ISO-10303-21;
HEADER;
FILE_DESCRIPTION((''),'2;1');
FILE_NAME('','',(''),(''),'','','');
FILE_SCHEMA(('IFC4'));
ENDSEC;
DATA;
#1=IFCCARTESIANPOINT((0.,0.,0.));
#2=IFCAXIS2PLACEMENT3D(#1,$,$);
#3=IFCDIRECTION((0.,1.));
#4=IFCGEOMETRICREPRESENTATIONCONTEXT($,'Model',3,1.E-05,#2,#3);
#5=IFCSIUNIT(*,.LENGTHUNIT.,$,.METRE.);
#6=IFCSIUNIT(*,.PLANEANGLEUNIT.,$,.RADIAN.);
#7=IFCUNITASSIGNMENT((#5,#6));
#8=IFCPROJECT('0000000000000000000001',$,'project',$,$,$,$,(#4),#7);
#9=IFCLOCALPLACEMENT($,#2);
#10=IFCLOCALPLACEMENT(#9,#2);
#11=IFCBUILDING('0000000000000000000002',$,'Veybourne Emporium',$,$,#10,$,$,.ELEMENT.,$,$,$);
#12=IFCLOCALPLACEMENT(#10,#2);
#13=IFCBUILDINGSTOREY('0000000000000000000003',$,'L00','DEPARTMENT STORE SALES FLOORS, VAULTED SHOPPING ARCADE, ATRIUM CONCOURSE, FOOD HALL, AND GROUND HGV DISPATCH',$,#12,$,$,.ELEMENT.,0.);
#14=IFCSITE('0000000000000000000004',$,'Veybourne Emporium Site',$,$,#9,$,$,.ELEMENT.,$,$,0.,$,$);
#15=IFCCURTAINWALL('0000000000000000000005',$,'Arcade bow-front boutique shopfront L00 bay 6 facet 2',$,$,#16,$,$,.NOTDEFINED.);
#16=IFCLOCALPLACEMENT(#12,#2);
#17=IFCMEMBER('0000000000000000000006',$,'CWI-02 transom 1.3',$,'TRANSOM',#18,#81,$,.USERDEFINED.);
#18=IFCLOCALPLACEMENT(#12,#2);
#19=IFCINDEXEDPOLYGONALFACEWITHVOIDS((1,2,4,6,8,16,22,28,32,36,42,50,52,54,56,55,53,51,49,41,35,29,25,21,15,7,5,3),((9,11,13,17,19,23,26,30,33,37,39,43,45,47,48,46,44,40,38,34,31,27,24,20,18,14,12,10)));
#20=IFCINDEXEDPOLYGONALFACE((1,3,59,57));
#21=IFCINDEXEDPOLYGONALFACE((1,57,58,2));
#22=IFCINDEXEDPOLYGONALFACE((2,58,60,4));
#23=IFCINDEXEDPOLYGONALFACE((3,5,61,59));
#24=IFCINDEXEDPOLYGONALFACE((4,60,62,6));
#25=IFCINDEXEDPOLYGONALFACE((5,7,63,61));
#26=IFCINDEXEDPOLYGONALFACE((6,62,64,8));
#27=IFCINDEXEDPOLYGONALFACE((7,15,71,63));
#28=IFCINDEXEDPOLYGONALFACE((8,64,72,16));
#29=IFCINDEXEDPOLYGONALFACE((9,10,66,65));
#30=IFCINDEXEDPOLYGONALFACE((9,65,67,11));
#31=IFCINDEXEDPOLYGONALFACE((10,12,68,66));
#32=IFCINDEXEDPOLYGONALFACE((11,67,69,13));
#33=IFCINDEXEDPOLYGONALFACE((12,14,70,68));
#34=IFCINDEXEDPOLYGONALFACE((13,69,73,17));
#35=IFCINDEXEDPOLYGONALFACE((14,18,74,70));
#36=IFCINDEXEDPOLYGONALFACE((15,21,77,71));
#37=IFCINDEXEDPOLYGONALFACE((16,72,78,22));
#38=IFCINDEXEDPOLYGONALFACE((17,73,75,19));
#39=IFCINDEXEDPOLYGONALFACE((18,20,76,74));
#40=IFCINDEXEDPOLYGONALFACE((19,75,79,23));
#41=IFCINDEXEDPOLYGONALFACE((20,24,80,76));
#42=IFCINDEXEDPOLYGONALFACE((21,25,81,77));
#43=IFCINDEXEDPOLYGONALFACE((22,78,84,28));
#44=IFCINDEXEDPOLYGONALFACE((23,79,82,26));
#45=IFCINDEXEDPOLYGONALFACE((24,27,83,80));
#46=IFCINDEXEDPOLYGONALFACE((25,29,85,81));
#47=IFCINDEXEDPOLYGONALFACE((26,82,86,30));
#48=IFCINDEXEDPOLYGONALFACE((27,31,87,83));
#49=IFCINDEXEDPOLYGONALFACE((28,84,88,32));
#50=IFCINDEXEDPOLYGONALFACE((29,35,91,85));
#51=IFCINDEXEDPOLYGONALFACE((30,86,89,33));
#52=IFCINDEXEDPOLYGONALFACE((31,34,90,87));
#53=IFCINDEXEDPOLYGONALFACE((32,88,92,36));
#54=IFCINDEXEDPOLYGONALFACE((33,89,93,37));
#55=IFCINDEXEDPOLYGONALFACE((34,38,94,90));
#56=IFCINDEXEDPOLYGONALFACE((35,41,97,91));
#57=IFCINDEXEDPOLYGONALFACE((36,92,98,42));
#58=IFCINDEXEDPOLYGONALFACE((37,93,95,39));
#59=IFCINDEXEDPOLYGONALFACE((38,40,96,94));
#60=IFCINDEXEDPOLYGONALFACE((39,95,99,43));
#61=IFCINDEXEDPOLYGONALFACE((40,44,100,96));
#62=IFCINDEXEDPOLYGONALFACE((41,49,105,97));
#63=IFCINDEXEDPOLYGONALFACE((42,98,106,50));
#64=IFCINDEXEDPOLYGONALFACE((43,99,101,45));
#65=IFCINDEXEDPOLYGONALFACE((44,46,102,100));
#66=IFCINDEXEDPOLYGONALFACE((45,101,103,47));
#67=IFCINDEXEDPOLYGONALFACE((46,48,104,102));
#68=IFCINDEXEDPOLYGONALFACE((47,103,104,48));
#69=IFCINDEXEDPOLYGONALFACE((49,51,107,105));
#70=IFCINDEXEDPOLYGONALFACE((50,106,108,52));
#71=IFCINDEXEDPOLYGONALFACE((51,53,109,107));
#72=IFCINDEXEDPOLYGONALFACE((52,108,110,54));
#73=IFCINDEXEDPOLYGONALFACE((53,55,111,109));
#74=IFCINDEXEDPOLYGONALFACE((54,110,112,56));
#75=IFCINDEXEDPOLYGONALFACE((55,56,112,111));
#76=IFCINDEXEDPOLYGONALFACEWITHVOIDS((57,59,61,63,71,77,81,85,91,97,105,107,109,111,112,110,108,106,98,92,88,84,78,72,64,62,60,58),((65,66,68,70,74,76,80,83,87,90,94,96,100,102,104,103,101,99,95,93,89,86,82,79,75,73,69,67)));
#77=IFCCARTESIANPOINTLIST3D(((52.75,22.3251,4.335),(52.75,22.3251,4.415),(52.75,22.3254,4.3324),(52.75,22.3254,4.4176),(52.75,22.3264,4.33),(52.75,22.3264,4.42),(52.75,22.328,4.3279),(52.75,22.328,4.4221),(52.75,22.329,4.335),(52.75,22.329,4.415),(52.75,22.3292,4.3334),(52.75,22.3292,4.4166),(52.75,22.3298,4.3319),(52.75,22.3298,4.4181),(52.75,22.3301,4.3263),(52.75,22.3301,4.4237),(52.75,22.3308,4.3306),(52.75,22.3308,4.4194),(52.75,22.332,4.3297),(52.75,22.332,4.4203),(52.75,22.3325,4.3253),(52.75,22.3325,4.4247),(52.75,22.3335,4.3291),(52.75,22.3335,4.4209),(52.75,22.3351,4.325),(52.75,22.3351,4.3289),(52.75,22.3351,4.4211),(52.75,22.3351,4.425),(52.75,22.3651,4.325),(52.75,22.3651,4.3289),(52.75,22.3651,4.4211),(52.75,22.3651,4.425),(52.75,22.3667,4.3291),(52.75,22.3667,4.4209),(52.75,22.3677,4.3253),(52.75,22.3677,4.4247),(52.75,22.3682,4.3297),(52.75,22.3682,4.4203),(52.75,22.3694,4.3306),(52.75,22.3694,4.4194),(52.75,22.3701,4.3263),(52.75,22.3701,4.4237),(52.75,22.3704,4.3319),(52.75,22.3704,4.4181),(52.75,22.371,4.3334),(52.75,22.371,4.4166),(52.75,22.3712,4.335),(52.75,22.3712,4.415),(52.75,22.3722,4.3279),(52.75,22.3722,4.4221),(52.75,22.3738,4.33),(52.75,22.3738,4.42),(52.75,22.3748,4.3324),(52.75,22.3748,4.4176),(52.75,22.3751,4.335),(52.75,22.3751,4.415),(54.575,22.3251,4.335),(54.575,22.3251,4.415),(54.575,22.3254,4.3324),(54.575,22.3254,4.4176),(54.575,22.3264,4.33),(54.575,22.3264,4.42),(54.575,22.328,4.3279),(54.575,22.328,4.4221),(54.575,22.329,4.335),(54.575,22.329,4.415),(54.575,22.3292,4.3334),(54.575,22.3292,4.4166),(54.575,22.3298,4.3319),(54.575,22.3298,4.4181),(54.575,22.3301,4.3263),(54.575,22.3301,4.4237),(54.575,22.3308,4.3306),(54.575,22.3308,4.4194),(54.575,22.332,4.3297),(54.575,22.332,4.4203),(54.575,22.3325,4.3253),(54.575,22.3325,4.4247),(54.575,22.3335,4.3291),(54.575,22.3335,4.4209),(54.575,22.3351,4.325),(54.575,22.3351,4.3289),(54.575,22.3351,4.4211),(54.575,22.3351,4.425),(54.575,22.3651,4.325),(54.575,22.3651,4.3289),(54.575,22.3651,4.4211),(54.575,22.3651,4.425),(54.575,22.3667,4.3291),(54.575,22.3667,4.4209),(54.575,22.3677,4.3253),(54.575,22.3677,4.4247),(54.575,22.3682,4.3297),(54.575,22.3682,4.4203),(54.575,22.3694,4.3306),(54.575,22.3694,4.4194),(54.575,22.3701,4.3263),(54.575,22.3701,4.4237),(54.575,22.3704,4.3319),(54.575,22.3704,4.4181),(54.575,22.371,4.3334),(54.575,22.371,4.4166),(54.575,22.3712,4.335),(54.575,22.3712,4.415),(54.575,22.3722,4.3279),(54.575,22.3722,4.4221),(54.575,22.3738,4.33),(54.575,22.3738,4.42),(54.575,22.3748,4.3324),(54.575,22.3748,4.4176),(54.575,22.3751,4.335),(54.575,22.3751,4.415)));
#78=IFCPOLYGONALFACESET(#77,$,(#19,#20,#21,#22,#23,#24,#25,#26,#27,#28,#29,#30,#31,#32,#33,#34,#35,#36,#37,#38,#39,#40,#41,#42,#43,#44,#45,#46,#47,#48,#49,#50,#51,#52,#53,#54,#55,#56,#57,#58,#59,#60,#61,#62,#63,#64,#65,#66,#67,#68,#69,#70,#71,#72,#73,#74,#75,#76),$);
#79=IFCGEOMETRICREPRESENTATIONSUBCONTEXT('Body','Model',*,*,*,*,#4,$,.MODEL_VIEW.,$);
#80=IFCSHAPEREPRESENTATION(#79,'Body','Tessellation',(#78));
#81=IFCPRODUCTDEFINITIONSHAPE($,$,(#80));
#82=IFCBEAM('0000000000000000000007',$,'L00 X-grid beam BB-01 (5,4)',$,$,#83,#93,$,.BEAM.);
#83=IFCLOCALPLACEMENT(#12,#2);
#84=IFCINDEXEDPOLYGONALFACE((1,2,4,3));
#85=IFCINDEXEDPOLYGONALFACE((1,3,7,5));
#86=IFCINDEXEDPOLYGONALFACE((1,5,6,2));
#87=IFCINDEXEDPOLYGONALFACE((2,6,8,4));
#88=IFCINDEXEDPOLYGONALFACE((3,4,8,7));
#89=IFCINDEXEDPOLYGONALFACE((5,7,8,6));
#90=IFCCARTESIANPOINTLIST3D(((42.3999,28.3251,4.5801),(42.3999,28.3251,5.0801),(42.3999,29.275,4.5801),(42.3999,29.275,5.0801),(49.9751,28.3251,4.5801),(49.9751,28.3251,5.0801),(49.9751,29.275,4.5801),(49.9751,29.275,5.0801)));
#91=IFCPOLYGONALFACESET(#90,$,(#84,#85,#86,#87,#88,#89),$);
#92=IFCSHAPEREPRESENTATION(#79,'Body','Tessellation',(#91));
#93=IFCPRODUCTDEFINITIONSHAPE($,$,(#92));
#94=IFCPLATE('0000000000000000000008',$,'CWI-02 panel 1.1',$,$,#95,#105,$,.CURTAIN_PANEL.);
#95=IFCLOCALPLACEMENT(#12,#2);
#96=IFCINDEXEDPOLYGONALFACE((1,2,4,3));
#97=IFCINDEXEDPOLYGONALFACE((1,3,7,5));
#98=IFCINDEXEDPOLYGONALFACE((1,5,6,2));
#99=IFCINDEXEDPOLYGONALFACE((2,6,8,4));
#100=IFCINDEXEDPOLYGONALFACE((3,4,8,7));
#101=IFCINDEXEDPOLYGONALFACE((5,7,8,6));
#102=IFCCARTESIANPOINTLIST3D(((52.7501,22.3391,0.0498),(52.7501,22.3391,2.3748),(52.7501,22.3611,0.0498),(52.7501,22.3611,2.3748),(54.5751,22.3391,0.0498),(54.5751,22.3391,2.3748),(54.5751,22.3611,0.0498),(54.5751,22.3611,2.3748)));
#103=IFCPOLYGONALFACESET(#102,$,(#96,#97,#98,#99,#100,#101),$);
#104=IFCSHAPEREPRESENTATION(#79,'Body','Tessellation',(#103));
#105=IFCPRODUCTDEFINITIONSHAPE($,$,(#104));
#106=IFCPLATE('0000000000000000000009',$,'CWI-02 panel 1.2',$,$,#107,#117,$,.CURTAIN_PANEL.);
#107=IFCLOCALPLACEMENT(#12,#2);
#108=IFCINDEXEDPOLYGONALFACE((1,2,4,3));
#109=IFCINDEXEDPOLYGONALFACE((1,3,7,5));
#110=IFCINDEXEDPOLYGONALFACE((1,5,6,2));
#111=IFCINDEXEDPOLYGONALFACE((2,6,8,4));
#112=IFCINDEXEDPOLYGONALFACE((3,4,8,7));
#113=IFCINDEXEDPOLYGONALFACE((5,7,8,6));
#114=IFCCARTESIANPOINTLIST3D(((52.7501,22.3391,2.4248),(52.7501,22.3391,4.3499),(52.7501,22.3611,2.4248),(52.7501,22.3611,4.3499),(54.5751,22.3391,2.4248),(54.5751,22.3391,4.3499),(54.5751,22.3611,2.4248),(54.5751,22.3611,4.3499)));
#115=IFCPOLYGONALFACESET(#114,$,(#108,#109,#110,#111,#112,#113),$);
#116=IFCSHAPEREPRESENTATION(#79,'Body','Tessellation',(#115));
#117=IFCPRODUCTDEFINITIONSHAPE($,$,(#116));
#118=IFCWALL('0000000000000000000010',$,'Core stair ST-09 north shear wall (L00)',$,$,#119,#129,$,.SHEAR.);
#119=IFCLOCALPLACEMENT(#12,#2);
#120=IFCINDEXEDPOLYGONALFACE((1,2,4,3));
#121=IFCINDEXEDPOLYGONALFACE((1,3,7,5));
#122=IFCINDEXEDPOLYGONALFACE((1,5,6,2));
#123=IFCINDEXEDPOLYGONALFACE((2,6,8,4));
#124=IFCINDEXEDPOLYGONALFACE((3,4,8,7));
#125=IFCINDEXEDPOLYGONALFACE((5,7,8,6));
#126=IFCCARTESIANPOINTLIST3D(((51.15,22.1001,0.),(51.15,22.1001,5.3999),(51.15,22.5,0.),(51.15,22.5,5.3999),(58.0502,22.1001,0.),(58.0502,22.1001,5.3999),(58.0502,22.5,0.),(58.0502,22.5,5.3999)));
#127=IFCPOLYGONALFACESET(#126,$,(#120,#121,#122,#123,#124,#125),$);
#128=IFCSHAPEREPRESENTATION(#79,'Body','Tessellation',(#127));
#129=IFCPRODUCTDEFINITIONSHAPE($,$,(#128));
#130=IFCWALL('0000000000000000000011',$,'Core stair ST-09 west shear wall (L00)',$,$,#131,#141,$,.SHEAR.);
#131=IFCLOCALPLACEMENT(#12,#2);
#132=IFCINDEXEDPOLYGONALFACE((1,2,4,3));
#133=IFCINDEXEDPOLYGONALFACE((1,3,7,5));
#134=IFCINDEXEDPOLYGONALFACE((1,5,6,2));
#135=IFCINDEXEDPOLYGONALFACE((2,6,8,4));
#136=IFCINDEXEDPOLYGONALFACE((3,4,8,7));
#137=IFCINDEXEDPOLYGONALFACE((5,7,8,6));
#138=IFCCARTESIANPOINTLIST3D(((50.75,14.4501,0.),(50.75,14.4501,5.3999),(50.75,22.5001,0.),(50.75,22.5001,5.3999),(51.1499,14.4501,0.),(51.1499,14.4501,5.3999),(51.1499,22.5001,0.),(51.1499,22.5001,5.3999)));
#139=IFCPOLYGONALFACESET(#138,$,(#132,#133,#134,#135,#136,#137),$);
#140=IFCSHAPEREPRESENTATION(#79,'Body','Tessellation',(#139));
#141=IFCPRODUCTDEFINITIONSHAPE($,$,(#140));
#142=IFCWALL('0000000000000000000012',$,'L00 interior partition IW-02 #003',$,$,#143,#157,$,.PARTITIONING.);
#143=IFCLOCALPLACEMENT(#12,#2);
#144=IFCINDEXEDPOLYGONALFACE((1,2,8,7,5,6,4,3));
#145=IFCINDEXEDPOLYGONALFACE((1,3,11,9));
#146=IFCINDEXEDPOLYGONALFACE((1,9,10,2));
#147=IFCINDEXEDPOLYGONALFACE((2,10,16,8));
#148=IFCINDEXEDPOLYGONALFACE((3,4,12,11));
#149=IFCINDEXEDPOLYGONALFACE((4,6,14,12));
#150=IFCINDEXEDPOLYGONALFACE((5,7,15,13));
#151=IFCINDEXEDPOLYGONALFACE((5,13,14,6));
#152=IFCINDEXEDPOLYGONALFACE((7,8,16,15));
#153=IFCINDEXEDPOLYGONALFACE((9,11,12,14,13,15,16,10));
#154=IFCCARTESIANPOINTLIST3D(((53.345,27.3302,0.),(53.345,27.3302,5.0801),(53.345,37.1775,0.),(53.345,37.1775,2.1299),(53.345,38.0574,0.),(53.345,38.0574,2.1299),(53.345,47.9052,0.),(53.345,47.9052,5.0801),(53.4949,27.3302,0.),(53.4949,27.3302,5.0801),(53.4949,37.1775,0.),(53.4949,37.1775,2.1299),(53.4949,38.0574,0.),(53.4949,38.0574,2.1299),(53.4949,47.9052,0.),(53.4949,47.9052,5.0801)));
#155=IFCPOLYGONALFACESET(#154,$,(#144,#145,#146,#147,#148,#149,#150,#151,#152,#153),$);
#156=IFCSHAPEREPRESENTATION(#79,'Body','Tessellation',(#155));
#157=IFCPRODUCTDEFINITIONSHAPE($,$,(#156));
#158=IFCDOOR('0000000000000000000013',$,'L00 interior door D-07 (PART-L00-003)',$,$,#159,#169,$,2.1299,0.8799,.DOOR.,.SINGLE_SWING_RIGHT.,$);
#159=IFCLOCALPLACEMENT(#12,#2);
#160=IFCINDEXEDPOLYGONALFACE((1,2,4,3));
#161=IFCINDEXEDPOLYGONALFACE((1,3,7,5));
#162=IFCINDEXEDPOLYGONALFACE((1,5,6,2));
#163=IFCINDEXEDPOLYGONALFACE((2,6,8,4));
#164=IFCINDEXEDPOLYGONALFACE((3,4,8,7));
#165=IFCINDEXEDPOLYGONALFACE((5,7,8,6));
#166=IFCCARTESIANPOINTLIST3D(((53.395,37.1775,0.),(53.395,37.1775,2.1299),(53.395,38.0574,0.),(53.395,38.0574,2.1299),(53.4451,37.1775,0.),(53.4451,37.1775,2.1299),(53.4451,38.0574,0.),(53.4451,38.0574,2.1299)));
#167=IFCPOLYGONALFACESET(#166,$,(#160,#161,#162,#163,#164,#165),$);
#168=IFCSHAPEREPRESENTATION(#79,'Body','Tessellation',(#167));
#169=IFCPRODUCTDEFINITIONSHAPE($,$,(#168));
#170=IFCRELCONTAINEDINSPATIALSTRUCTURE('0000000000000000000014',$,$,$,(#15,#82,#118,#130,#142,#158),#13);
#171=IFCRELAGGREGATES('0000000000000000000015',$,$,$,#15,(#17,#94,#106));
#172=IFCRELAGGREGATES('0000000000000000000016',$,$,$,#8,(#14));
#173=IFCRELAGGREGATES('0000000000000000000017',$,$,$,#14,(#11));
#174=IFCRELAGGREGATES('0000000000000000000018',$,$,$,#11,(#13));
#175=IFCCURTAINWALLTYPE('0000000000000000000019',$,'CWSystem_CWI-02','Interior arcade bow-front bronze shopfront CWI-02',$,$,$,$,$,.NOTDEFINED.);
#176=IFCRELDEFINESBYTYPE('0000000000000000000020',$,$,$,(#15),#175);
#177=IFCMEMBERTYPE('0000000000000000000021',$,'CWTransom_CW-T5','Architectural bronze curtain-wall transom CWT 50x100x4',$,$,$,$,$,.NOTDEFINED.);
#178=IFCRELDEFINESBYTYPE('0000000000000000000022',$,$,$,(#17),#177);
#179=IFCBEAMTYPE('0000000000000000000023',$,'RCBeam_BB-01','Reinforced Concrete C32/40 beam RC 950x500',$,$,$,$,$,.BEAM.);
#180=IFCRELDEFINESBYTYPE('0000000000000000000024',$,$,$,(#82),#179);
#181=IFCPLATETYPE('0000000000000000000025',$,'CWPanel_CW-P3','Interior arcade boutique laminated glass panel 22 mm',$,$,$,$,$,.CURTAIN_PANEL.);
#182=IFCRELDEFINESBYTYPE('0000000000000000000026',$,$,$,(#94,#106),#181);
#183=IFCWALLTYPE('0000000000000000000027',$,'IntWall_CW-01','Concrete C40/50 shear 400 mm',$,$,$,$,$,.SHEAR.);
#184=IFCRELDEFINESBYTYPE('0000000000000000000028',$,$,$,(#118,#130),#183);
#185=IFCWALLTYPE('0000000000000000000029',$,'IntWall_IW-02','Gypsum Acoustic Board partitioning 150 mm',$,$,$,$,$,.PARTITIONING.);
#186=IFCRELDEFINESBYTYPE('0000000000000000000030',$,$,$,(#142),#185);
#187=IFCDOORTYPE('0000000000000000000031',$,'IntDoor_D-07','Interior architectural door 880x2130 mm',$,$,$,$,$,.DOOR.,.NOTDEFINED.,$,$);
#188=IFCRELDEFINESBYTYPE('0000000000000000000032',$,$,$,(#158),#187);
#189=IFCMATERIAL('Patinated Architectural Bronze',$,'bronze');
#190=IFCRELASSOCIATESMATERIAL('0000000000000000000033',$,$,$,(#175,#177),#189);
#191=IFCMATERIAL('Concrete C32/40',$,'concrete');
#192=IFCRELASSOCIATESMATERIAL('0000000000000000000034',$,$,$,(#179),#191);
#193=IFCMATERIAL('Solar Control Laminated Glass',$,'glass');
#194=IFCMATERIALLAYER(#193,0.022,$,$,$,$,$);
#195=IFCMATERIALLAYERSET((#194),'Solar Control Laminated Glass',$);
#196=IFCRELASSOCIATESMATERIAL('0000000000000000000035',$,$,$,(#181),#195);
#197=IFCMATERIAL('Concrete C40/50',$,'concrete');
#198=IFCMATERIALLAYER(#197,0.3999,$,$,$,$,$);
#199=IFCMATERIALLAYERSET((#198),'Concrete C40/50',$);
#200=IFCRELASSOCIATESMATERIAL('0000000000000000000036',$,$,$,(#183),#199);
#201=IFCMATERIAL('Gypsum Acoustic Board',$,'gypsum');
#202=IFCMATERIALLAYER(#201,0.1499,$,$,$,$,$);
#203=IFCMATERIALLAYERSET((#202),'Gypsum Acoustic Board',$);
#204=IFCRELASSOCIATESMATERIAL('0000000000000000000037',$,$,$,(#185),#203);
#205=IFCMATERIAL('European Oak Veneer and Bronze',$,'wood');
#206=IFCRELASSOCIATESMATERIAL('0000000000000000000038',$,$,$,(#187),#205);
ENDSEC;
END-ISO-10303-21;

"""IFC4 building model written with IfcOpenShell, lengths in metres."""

from ifc_helpers import new_model, si_unit, direction, frame, frame_2d, origin, origin_2d, place, context, subcontext, project, spatial, rectangle, hollow_rectangle, extrude, material, layer, layer_set, material_profile, profile_set, type_object, element, fill, aggregate, save


model = new_model("IFC4")

# Units and contexts
model_context = context("Model", 3, precision=1e-05, world=origin(), true_north=direction((0.0, 1.0)))
body_context = subcontext(model_context, "Body", "Model", "MODEL_VIEW")
ifc_project = project(units=[si_unit("LENGTHUNIT", "METRE"), si_unit("PLANEANGLEUNIT", "RADIAN")], contexts=[model_context])

# Site, building, storey
site_placement = place(None, origin())
site = spatial("IfcSite", under=ifc_project, at=site_placement, Name="Veybourne Emporium Site", CompositionType="ELEMENT", RefElevation=0.0)
building_placement = place(site_placement, origin())
building = spatial("IfcBuilding", under=site, at=building_placement, Name="Veybourne Emporium", CompositionType="ELEMENT")
storey_placement = place(building_placement, origin())
storey = spatial("IfcBuildingStorey", under=building, at=storey_placement, Name="L00", Description="DEPARTMENT STORE SALES FLOORS, VAULTED SHOPPING ARCADE, ATRIUM CONCOURSE, FOOD HALL, AND GROUND HGV DISPATCH", CompositionType="ELEMENT", Elevation=0.0)

# Shared definitions
ifc_material_1 = material(Name="Concrete C40/50", Category="concrete")

# Shared definitions
ifc_material_2 = material(Name="Patinated Architectural Bronze", Category="bronze")

# Curtain wall, member
curtain_wall_type_1 = type_object("IfcCurtainWallType", Name="CWSystem_CWI-02", Description="Interior arcade bow-front bronze shopfront CWI-02", PredefinedType="NOTDEFINED", material=ifc_material_2)
curtain_wall_1_placement = place(storey_placement, origin())
curtain_wall_1 = element("IfcCurtainWall", 1, at=curtain_wall_1_placement, inside=storey, type_object=curtain_wall_type_1, Name="Arcade bow-front boutique shopfront L00 bay 6 facet 2", PredefinedType="NOTDEFINED")
ifc_material_profile_1 = material_profile(ifc_material_2, hollow_rectangle(XDim=0.05, YDim=0.1001, WallThickness=0.0039, InnerFilletRadius=0.0061, OuterFilletRadius=0.01, at=origin_2d()), Name="CWT 50x100x4")
ifc_profile_set_1 = profile_set([ifc_material_profile_1], Name="Patinated Architectural Bronze")
member_type_1 = type_object("IfcMemberType", Name="CWTransom_CW-T5", Description="Architectural bronze curtain-wall transom CWT 50x100x4", PredefinedType="NOTDEFINED", material=ifc_profile_set_1)
member_1_placement = place(storey_placement, frame((52.75, 22.3501, 4.375), z_axis=(1.0, 0.0, 0.0), x_axis=(0.0, 1.0, 0.0)))
member_1 = element("IfcMember", 2, at=member_1_placement, type_object=member_type_1, Name="CWI-02 transom 1.3", ObjectType="TRANSOM", PredefinedType="USERDEFINED", context=body_context, shape_type="SweptSolid", body=[
    extrude(hollow_rectangle(XDim=0.05, YDim=0.1001, WallThickness=0.0039, InnerFilletRadius=0.0061, OuterFilletRadius=0.01, at=origin_2d()), origin(), (0.0, 0.0, 1.0), 1.825),
])

# Beam
ifc_material_3 = material(Name="Concrete C32/40", Category="concrete")
ifc_material_profile_2 = material_profile(ifc_material_3, rectangle(XDim=0.95, YDim=0.5, at=origin_2d()), Name="RC 950x500")
ifc_profile_set_2 = profile_set([ifc_material_profile_2], Name="Concrete C32/40")
beam_type = type_object("IfcBeamType", Name="RCBeam_BB-01", Description="Reinforced Concrete C32/40 beam RC 950x500", PredefinedType="BEAM", material=ifc_profile_set_2)
beam_placement = place(storey_placement, frame((42.3999, 28.8, 4.8301), z_axis=(1.0, 0.0, 0.0), x_axis=(0.0, 1.0, 0.0)))
element("IfcBeam", 3, at=beam_placement, inside=storey, type_object=beam_type, Name="L00 X-grid beam BB-01 (5,4)", PredefinedType="BEAM", context=body_context, shape_type="SweptSolid", body=[
    extrude(rectangle(XDim=0.95, YDim=0.5, at=origin_2d()), origin(), (0.0, 0.0, 1.0), 7.5752),
])

# Plates
ifc_material_4 = material(Name="Solar Control Laminated Glass", Category="glass")
ifc_layer_1 = layer(ifc_material_4, 0.022)
ifc_layer_set_1 = layer_set([ifc_layer_1], Name="Solar Control Laminated Glass")
plate_type = type_object("IfcPlateType", Name="CWPanel_CW-P3", Description="Interior arcade boutique laminated glass panel 22 mm", PredefinedType="CURTAIN_PANEL", material=ifc_layer_set_1)
plate_1_placement = place(storey_placement, frame((53.6626, 22.3501, 0.0498), z_axis=(0.0, 0.0, 1.0), x_axis=(1.0, 0.0, 0.0)))
plate_1 = element("IfcPlate", 4, at=plate_1_placement, type_object=plate_type, Name="CWI-02 panel 1.1", PredefinedType="CURTAIN_PANEL", context=body_context, shape_type="SweptSolid", body=[
    extrude(rectangle(XDim=1.825, YDim=0.022, at=origin_2d()), origin(), (0.0, 0.0, 1.0), 2.325),
])
plate_2_placement = place(storey_placement, frame((53.6626, 22.3501, 2.4248), z_axis=(0.0, 0.0, 1.0), x_axis=(1.0, 0.0, 0.0)))
plate_2 = element("IfcPlate", 5, at=plate_2_placement, type_object=plate_type, Name="CWI-02 panel 1.2", PredefinedType="CURTAIN_PANEL", context=body_context, shape_type="SweptSolid", body=[
    extrude(rectangle(XDim=1.825, YDim=0.022, at=origin_2d()), origin(), (0.0, 0.0, 1.0), 1.925),
])
aggregate(curtain_wall_1, [member_1, plate_1, plate_2])

# Walls
ifc_layer_2 = layer(ifc_material_1, 0.3999)
ifc_layer_set_2 = layer_set([ifc_layer_2], Name="Concrete C40/50")
wall_type_1 = type_object("IfcWallType", Name="IntWall_CW-01", Description="Concrete C40/50 shear 400 mm", PredefinedType="SHEAR", material=ifc_layer_set_2)
wall_1_placement = place(storey_placement, frame((51.1499, 22.3, 0.0), z_axis=(0.0, 0.0, 1.0), x_axis=(1.0, 0.0, 0.0)))
element("IfcWall", 6, at=wall_1_placement, inside=storey, type_object=wall_type_1, Name="Core stair ST-09 north shear wall (L00)", PredefinedType="SHEAR", context=body_context, shape_type="SweptSolid", body=[
    extrude(rectangle(XDim=6.9001, YDim=0.3999, at=frame_2d((3.4502, 0.0))), origin(), (0.0, 0.0, 1.0), 5.3999),
])
wall_2_placement = place(storey_placement, frame((50.95, 22.5, 0.0), z_axis=(0.0, 0.0, 1.0), x_axis=(0.0, -1.0, 0.0)))
element("IfcWall", 7, at=wall_2_placement, inside=storey, type_object=wall_type_1, Name="Core stair ST-09 west shear wall (L00)", PredefinedType="SHEAR", context=body_context, shape_type="SweptSolid", body=[
    extrude(rectangle(XDim=8.05, YDim=0.3999, at=frame_2d((4.0249, 0.0))), origin(), (0.0, 0.0, 1.0), 5.3999),
])

# Wall, opening, door
ifc_material_5 = material(Name="Gypsum Acoustic Board", Category="gypsum")
ifc_layer_3 = layer(ifc_material_5, 0.1499)
ifc_layer_set_3 = layer_set([ifc_layer_3], Name="Gypsum Acoustic Board")
wall_type_2 = type_object("IfcWallType", Name="IntWall_IW-02", Description="Gypsum Acoustic Board partitioning 150 mm", PredefinedType="PARTITIONING", material=ifc_layer_set_3)
wall_3_placement = place(storey_placement, frame((53.4199, 27.3301, 0.0), z_axis=(0.0, 0.0, 1.0), x_axis=(0.0, 1.0, 0.0)))
wall_3 = element("IfcWall", 8, at=wall_3_placement, inside=storey, type_object=wall_type_2, Name="L00 interior partition IW-02 #003", PredefinedType="PARTITIONING", context=body_context, shape_type="SweptSolid", body=[
    extrude(rectangle(XDim=20.575, YDim=0.1499, at=frame_2d((10.2876, 0.0))), origin(), (0.0, 0.0, 1.0), 5.0801),
])
opening_1_placement = place(wall_3_placement, frame((9.8474, 0.0, 0.0)))
opening_1 = element("IfcOpeningElement", 9, at=opening_1_placement, cuts=wall_3, PredefinedType="OPENING", context=body_context, shape_type="SweptSolid", body=[
    extrude(rectangle(XDim=0.8799, YDim=2.1299, at=frame_2d((0.4399, 1.0649))), frame((0.0, 0.095, 0.0), z_axis=(0.0, -1.0, 0.0), x_axis=(1.0, 0.0, 0.0)), (0.0, 0.0, 1.0), 0.1899),
])
ifc_material_6 = material(Name="European Oak Veneer and Bronze", Category="wood")
door_type_1 = type_object("IfcDoorType", Name="IntDoor_D-07", Description="Interior architectural door 880x2130 mm", OperationType="NOTDEFINED", PredefinedType="DOOR", material=ifc_material_6)
door_1_placement = place(opening_1_placement, origin())
door_1 = element("IfcDoor", 10, at=door_1_placement, inside=storey, type_object=door_type_1, Name="L00 interior door D-07 (PART-L00-003)", OperationType="SINGLE_SWING_RIGHT", OverallHeight=2.1299, OverallWidth=0.8799, PredefinedType="DOOR", context=body_context, shape_type="SweptSolid", body=[
    extrude(rectangle(XDim=0.8799, YDim=2.1299, at=frame_2d((0.4399, 1.0649))), frame((0.0, 0.0249, 0.0), z_axis=(0.0, -1.0, 0.0), x_axis=(1.0, 0.0, 0.0)), (0.0, 0.0, 1.0), 0.05),
])
fill(opening_1, door_1)

save(model, "model.ifc")
